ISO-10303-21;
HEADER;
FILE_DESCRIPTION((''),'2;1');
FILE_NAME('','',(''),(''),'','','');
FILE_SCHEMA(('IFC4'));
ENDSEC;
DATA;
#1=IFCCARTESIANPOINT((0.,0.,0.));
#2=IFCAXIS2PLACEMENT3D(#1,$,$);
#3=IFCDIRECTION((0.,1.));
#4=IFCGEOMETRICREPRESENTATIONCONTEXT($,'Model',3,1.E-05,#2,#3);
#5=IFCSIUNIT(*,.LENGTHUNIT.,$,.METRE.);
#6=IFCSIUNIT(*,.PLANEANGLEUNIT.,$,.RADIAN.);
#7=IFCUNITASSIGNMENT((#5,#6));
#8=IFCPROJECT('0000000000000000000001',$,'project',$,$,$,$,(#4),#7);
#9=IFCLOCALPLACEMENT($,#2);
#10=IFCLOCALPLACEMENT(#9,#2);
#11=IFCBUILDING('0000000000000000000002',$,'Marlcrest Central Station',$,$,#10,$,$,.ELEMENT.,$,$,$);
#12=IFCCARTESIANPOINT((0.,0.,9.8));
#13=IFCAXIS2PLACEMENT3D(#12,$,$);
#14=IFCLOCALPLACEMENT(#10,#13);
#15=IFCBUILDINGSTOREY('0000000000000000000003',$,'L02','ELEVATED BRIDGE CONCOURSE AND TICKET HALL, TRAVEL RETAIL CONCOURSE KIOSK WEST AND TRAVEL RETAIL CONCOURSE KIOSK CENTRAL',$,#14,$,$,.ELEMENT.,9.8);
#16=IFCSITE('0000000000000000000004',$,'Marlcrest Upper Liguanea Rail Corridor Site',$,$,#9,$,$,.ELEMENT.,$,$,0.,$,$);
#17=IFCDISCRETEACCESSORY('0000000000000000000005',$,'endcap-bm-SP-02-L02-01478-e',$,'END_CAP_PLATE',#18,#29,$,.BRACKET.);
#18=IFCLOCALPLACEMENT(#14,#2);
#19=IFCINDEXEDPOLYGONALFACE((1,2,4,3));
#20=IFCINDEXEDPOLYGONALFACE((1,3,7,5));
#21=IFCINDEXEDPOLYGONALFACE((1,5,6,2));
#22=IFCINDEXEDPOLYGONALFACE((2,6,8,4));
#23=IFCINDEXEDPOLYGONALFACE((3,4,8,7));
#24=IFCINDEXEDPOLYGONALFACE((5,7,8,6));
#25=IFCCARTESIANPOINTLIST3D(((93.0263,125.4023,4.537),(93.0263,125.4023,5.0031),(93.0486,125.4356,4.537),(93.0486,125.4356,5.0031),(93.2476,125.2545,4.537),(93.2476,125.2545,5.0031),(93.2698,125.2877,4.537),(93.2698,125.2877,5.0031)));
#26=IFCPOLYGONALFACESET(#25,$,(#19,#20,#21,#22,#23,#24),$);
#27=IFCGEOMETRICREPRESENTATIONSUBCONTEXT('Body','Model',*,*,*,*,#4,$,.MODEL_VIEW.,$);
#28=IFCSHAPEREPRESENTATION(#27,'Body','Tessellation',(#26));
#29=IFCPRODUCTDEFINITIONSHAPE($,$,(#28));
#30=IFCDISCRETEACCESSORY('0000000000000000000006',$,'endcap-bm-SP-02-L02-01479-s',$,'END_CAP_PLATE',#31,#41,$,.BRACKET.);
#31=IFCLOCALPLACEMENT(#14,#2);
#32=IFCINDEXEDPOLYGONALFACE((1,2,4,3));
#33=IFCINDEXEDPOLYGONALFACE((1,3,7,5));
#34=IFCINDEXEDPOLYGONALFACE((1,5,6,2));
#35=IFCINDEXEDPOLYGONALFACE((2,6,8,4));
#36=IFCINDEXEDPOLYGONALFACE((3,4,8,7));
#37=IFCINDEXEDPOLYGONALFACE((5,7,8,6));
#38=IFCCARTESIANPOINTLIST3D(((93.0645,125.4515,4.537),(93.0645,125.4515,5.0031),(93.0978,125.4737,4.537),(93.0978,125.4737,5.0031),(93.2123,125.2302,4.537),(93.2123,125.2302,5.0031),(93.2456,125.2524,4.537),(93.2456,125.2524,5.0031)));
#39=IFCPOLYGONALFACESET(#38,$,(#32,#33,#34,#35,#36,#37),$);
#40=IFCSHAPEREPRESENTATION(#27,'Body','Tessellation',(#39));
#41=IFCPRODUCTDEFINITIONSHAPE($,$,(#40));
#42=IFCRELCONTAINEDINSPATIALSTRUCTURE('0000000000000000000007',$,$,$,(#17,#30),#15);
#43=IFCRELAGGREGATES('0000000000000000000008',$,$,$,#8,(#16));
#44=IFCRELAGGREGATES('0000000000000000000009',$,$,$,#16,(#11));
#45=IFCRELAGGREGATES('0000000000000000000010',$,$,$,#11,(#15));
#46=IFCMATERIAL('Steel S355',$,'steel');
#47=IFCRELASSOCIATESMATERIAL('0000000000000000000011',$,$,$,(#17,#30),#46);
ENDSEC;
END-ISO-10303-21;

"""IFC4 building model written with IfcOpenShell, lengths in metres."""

from ifc_helpers import new_model, si_unit, direction, frame, origin, origin_2d, place, context, subcontext, project, spatial, rectangle, extrude, material, element, save


model = new_model("IFC4")

# Units and contexts
model_context = context("Model", 3, precision=1e-05, world=origin(), true_north=direction((0.0, 1.0)))
body_context = subcontext(model_context, "Body", "Model", "MODEL_VIEW")
ifc_project = project(units=[si_unit("LENGTHUNIT", "METRE"), si_unit("PLANEANGLEUNIT", "RADIAN")], contexts=[model_context])

# Site, building, storey
site_placement = place(None, origin())
site = spatial("IfcSite", under=ifc_project, at=site_placement, Name="Marlcrest Upper Liguanea Rail Corridor Site", CompositionType="ELEMENT", RefElevation=0.0)
building_placement = place(site_placement, origin())
building = spatial("IfcBuilding", under=site, at=building_placement, Name="Marlcrest Central Station", CompositionType="ELEMENT")
storey_placement = place(building_placement, frame((0.0, 0.0, 9.8)))
storey = spatial("IfcBuildingStorey", under=building, at=storey_placement, Name="L02", Description="ELEVATED BRIDGE CONCOURSE AND TICKET HALL, TRAVEL RETAIL CONCOURSE KIOSK WEST AND TRAVEL RETAIL CONCOURSE KIOSK CENTRAL", CompositionType="ELEMENT", Elevation=9.8)

# Shared definitions
ifc_material_1 = material(Name="Steel S355", Category="steel")

# Discrete accessories
for number, where, z_axis, x_axis, name in (
    (1, (93.137, 125.3284, 4.77), (0.555511, 0.831509, 0.0), (-0.831509, 0.555511, 0.0), "endcap-bm-SP-02-L02-01478-e"),
    (2, (93.1384, 125.3408, 4.77), (0.831509, 0.555511, 0.0), (-0.555511, 0.831509, 0.0), "endcap-bm-SP-02-L02-01479-s"),
):
    element("IfcDiscreteAccessory", number, at=place(storey_placement, frame(where, z_axis=z_axis, x_axis=x_axis)), inside=storey, material=ifc_material_1, Name=name, ObjectType="END_CAP_PLATE", PredefinedType="BRACKET", context=body_context, shape_type="SweptSolid", body=[
        extrude(rectangle(XDim=0.2661, YDim=0.4661, at=origin_2d()), origin(), (0.0, 0.0, 1.0), 0.04),
    ])

save(model, "model.ifc")
